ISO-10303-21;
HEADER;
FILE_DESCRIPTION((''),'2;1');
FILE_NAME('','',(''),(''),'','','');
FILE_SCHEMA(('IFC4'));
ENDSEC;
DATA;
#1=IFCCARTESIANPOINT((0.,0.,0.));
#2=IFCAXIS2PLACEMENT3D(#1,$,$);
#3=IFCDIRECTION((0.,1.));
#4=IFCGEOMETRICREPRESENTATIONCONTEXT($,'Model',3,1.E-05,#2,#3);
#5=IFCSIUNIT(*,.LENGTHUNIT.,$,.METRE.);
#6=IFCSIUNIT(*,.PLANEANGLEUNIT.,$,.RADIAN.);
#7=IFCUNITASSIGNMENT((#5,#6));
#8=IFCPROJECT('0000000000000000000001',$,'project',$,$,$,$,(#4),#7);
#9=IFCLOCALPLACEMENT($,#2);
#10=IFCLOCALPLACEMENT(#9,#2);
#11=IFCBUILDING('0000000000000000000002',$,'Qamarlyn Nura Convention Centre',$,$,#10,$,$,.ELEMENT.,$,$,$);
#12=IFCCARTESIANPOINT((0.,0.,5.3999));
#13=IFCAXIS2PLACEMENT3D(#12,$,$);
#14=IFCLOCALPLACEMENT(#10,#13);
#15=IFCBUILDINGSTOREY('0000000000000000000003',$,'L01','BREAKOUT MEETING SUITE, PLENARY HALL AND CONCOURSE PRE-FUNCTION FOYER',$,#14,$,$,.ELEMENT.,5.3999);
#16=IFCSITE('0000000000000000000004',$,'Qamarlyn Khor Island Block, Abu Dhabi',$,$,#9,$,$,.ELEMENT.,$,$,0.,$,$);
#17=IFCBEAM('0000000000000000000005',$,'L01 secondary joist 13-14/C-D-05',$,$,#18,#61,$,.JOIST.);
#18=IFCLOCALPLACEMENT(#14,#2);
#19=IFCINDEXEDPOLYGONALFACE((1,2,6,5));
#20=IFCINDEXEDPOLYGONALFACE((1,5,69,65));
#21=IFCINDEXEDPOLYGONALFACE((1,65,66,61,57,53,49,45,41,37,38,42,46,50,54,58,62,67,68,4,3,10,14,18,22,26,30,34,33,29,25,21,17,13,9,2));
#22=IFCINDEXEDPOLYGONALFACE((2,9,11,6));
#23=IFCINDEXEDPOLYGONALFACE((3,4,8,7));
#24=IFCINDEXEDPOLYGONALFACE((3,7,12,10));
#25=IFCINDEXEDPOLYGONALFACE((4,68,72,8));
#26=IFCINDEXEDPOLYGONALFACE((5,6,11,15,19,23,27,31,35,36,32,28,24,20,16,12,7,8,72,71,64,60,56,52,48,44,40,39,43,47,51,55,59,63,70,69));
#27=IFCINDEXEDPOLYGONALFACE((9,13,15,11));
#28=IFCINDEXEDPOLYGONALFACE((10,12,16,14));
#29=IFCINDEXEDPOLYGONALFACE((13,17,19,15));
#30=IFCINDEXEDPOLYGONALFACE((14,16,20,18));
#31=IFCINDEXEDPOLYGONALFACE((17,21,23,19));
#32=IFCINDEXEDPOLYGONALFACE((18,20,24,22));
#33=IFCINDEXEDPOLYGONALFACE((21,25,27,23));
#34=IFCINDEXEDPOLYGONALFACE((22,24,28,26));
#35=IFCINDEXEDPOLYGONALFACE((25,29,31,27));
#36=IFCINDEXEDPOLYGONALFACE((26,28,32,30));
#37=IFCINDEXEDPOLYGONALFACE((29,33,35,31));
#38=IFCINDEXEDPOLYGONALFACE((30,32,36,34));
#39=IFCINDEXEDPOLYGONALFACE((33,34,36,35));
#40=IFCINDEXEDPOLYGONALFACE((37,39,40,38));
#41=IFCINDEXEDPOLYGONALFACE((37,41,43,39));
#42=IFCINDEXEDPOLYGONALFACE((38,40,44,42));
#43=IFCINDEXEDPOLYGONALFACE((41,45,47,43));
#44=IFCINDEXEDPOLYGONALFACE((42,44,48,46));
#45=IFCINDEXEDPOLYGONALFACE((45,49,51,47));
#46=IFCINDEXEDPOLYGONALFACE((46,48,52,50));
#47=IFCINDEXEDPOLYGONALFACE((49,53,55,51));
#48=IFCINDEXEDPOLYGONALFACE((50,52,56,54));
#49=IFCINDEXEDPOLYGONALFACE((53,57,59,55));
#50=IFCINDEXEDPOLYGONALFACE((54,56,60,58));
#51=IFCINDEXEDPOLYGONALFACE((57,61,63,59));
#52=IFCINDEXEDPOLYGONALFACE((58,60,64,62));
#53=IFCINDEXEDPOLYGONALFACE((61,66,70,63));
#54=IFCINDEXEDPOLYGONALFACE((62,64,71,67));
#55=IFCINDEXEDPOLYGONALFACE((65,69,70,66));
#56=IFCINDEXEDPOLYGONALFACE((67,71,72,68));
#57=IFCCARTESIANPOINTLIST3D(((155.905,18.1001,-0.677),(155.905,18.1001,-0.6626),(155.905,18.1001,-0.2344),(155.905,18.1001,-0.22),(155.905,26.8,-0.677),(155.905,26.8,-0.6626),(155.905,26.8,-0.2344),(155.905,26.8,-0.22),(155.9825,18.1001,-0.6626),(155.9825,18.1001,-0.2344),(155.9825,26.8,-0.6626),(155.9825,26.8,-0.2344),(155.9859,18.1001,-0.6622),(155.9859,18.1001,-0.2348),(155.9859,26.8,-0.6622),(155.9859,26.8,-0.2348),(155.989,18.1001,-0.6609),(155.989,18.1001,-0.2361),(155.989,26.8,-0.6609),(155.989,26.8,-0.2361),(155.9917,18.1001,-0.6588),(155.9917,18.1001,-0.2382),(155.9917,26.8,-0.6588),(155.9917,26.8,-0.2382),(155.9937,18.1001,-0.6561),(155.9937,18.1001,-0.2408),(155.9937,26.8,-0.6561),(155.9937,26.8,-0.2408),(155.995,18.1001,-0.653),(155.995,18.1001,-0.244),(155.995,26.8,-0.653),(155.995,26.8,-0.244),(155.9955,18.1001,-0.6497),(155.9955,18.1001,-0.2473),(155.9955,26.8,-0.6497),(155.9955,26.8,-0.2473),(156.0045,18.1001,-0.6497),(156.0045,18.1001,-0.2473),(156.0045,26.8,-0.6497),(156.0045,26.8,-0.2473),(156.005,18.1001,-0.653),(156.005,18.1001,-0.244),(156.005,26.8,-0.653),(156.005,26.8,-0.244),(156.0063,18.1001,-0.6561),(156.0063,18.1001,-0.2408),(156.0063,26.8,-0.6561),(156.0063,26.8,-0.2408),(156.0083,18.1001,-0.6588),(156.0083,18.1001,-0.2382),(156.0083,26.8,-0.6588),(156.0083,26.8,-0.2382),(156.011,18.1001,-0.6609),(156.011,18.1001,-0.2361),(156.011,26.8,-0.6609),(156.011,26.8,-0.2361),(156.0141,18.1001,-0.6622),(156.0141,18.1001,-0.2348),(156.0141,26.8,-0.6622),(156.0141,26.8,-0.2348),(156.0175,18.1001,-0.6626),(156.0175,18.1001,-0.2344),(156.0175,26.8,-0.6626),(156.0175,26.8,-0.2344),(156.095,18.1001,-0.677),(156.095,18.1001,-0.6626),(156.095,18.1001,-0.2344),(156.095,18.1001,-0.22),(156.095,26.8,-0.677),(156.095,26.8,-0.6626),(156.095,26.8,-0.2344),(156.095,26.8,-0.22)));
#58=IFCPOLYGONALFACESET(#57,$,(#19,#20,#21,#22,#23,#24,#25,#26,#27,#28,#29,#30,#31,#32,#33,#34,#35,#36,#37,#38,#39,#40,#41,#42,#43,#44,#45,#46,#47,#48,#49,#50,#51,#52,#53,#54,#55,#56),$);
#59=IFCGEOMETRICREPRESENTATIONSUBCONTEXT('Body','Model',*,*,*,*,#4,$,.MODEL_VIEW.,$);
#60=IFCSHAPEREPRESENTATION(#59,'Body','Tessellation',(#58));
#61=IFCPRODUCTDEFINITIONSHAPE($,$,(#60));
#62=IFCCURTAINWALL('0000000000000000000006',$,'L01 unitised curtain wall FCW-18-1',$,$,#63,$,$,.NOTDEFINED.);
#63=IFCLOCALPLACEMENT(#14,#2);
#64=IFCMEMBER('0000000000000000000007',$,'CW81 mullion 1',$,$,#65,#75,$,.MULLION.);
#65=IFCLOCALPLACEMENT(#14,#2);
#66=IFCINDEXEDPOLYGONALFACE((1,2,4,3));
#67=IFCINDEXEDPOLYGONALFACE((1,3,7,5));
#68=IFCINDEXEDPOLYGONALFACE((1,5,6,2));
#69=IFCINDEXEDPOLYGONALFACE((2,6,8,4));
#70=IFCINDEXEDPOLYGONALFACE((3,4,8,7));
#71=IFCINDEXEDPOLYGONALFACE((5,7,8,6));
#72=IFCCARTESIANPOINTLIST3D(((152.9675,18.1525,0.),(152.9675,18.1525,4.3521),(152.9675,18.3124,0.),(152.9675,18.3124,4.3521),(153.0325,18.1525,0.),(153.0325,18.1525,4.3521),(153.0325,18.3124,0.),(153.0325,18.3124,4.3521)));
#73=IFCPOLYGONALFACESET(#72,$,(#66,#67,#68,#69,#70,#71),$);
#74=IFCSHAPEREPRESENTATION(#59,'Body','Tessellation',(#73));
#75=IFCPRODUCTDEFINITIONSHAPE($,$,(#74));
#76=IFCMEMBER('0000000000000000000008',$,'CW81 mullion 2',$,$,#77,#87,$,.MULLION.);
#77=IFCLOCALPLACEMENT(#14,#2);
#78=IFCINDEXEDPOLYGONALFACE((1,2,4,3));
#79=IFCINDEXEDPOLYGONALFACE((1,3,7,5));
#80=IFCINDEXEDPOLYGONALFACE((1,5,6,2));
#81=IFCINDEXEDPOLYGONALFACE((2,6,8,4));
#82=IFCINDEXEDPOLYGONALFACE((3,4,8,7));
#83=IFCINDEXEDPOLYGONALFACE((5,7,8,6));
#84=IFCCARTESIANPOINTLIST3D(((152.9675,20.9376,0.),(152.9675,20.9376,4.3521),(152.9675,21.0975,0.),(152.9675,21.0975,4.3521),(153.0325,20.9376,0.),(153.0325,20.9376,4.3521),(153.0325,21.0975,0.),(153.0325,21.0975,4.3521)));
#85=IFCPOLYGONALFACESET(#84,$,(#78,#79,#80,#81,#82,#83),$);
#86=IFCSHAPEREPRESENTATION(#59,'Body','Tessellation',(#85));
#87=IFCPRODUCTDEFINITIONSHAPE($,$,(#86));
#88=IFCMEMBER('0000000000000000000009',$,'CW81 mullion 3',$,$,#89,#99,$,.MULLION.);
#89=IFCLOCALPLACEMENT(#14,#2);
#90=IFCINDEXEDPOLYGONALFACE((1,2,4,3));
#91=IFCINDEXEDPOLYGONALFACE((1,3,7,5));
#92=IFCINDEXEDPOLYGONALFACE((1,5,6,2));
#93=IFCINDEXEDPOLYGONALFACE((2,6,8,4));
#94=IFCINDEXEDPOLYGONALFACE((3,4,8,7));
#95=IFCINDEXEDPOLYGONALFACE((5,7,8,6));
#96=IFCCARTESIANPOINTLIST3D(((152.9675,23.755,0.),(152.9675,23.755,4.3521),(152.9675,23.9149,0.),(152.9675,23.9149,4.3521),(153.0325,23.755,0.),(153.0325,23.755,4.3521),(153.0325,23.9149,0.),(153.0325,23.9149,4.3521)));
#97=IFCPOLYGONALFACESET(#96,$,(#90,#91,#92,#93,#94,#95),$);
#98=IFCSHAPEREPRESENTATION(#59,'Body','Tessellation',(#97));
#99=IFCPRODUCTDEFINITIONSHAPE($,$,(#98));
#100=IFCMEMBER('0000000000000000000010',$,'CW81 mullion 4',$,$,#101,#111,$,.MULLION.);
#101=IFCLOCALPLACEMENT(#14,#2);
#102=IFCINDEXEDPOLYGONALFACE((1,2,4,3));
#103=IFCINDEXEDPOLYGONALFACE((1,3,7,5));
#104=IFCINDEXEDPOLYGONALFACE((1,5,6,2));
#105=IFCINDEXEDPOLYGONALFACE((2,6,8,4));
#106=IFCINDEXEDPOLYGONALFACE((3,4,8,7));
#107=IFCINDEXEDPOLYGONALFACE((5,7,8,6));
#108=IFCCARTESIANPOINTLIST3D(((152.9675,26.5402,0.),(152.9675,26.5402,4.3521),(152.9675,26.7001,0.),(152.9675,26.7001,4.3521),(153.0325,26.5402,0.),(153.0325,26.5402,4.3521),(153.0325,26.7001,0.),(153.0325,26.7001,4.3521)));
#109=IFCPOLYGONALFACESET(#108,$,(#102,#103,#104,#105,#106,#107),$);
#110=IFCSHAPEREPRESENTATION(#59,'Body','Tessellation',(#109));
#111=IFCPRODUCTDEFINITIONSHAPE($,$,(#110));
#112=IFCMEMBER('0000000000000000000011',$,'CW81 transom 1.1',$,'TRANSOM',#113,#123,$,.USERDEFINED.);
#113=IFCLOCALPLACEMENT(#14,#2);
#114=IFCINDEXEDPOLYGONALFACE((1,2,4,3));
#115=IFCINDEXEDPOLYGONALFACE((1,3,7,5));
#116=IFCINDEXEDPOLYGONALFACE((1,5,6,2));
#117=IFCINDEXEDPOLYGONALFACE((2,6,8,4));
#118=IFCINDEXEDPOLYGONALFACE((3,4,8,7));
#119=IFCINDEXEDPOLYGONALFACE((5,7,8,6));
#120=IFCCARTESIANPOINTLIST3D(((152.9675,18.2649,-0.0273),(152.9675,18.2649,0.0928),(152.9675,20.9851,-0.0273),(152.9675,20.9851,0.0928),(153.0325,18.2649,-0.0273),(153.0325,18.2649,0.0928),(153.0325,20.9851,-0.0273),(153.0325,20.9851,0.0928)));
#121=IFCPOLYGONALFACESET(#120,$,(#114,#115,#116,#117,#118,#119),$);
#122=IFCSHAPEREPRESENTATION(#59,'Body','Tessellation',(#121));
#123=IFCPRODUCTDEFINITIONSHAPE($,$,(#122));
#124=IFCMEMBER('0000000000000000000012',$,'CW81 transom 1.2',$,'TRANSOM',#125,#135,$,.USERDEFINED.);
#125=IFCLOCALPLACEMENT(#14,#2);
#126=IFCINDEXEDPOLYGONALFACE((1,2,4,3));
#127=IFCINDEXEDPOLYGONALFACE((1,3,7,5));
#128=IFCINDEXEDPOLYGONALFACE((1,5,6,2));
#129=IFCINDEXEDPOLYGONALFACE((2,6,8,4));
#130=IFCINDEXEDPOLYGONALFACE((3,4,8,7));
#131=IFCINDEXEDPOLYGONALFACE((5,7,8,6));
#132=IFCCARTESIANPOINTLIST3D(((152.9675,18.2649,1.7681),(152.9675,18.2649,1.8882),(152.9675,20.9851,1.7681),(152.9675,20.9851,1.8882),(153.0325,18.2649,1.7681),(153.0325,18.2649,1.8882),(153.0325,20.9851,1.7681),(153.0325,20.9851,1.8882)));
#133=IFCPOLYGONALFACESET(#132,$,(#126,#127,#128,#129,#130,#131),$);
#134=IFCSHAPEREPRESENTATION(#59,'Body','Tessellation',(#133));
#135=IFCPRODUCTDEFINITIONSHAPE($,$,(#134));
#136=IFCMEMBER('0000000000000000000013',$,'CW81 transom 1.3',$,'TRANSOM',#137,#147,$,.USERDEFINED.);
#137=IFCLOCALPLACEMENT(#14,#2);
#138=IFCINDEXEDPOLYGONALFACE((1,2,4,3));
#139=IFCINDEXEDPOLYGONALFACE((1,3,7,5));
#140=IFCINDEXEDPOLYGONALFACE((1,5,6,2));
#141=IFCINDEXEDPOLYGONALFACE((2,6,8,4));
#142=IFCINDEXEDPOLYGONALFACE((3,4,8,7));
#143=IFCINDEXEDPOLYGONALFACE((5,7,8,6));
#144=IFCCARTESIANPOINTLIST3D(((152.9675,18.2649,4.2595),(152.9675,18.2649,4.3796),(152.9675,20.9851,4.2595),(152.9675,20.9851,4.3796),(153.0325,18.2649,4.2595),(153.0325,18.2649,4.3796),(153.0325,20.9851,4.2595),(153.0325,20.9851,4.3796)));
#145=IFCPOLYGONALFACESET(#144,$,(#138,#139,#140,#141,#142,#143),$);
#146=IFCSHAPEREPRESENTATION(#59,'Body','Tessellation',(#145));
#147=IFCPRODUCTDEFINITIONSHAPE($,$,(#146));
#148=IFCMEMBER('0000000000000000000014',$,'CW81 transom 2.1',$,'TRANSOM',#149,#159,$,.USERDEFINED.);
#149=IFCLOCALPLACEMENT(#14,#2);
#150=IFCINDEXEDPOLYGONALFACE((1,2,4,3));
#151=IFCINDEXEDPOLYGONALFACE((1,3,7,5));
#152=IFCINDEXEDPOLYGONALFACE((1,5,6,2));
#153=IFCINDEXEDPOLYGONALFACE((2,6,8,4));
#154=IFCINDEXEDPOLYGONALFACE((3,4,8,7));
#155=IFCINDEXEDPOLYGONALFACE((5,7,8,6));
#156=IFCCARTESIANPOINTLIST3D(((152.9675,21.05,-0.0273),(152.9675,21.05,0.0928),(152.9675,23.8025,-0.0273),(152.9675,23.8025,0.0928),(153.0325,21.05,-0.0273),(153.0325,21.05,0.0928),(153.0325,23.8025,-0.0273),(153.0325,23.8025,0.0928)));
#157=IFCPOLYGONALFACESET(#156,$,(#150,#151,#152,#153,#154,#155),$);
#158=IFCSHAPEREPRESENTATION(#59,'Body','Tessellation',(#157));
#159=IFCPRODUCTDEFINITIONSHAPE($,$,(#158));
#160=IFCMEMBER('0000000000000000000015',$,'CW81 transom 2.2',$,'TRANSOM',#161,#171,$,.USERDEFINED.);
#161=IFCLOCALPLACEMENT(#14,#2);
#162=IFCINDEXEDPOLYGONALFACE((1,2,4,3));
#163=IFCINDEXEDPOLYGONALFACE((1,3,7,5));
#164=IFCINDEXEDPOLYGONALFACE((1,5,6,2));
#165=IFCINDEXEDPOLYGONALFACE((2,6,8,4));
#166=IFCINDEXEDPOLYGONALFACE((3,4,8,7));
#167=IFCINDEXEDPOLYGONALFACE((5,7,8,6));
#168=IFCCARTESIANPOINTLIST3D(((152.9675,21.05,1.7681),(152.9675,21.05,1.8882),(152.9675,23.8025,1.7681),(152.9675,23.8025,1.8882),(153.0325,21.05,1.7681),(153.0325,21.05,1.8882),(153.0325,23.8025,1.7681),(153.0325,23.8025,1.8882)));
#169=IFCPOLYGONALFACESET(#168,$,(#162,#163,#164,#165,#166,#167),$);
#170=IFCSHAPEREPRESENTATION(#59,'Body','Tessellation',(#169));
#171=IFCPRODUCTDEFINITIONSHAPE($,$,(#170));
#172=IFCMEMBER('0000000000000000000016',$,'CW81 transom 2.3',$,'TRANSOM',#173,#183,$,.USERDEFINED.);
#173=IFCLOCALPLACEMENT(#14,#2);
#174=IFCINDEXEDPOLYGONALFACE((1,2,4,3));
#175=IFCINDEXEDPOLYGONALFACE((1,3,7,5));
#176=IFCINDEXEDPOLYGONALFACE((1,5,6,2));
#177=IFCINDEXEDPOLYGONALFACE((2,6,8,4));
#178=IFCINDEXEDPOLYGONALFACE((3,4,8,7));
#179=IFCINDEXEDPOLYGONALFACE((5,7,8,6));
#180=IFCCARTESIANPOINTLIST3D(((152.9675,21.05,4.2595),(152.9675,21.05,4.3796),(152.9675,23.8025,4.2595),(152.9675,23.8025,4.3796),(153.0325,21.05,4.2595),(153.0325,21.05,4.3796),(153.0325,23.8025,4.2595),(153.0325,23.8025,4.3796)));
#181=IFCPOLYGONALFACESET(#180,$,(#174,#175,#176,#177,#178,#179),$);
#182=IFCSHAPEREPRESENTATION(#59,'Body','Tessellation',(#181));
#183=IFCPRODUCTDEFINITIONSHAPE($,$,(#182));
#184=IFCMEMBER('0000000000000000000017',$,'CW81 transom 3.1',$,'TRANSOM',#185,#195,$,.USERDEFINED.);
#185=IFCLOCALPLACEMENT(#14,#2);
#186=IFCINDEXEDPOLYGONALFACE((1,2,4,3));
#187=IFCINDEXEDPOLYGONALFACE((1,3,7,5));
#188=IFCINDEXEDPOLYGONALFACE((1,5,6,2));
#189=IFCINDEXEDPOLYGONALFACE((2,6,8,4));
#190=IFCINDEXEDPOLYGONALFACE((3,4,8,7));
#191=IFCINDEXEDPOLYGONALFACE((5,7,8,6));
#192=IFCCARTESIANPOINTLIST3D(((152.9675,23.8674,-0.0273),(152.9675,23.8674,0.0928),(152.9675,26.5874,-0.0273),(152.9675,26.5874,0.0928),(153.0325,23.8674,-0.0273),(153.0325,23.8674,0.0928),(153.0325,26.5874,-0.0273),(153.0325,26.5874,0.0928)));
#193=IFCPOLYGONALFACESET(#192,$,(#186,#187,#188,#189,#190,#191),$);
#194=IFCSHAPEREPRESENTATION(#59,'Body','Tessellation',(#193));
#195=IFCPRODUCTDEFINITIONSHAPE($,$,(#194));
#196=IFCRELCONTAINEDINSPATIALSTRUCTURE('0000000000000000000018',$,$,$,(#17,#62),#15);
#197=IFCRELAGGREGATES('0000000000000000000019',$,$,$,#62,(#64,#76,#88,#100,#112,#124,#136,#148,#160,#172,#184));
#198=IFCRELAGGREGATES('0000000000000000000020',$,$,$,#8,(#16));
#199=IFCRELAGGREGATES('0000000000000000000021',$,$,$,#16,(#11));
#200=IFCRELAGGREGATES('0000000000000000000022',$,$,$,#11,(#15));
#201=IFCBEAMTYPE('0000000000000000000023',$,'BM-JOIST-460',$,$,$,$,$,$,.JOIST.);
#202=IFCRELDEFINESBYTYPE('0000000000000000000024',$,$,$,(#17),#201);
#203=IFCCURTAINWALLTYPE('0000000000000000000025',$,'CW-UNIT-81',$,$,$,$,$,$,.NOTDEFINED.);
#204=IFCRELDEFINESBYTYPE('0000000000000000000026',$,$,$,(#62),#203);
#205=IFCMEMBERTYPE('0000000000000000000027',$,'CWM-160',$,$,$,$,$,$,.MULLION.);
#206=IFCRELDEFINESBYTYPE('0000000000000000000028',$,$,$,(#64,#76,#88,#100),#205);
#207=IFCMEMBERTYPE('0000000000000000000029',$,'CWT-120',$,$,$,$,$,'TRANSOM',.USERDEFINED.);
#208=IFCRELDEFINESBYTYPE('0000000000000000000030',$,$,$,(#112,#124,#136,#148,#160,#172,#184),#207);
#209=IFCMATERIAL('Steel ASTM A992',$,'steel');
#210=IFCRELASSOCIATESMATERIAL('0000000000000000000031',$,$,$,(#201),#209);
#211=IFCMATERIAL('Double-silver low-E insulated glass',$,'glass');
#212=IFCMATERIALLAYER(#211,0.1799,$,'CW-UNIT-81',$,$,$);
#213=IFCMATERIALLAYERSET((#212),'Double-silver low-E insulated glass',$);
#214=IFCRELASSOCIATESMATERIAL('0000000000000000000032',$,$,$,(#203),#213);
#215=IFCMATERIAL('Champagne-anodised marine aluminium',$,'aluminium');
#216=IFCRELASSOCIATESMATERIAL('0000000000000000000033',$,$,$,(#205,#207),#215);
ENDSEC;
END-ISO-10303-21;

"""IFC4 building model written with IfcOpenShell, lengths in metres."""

from ifc_helpers import new_model, si_unit, direction, frame, origin, origin_2d, place, context, subcontext, project, spatial, rectangle, i_section, extrude, material, layer, layer_set, material_profile, profile_set, type_object, element, aggregate, save


model = new_model("IFC4")

# Units and contexts
model_context = context("Model", 3, precision=1e-05, world=origin(), true_north=direction((0.0, 1.0)))
body_context = subcontext(model_context, "Body", "Model", "MODEL_VIEW")
ifc_project = project(units=[si_unit("LENGTHUNIT", "METRE"), si_unit("PLANEANGLEUNIT", "RADIAN")], contexts=[model_context])

# Site, building, storey
site_placement = place(None, origin())
site = spatial("IfcSite", under=ifc_project, at=site_placement, Name="Qamarlyn Khor Island Block, Abu Dhabi", CompositionType="ELEMENT", RefElevation=0.0)
building_placement = place(site_placement, origin())
building = spatial("IfcBuilding", under=site, at=building_placement, Name="Qamarlyn Nura Convention Centre", CompositionType="ELEMENT")
storey_placement = place(building_placement, frame((0.0, 0.0, 5.3999)))
storey = spatial("IfcBuildingStorey", under=building, at=storey_placement, Name="L01", Description="BREAKOUT MEETING SUITE, PLENARY HALL AND CONCOURSE PRE-FUNCTION FOYER", CompositionType="ELEMENT", Elevation=5.3999)

# Beam
ifc_material_1 = material(Name="Steel ASTM A992", Category="steel")
ifc_material_profile_1 = material_profile(ifc_material_1, i_section(OverallWidth=0.1899, OverallDepth=0.457, WebThickness=0.009, FlangeThickness=0.0144, FilletRadius=0.0129, at=origin_2d()), Name="W460X74")
ifc_profile_set_1 = profile_set([ifc_material_profile_1], Name="Steel ASTM A992")
beam_type = type_object("IfcBeamType", Name="BM-JOIST-460", PredefinedType="JOIST", material=ifc_profile_set_1)
beam_placement = place(storey_placement, frame((156.0, 18.1001, -0.4485), z_axis=(0.0, 1.0, 0.0), x_axis=(-1.0, 0.0, 0.0)))
element("IfcBeam", 1, at=beam_placement, inside=storey, type_object=beam_type, Name="L01 secondary joist 13-14/C-D-05", PredefinedType="JOIST", context=body_context, shape_type="SweptSolid", body=[
    extrude(i_section(OverallWidth=0.1899, OverallDepth=0.457, WebThickness=0.009, FlangeThickness=0.0144, FilletRadius=0.0129, at=origin_2d()), origin(), (0.0, 0.0, 1.0), 8.7),
])

# Curtain wall, members
ifc_material_2 = material(Name="Double-silver low-E insulated glass", Category="glass")
ifc_layer_1 = layer(ifc_material_2, 0.1799, Name="CW-UNIT-81")
ifc_layer_set_1 = layer_set([ifc_layer_1], Name="Double-silver low-E insulated glass")
curtain_wall_type = type_object("IfcCurtainWallType", Name="CW-UNIT-81", PredefinedType="NOTDEFINED", material=ifc_layer_set_1)
curtain_wall_placement = place(storey_placement, origin())
curtain_wall = element("IfcCurtainWall", 2, at=curtain_wall_placement, inside=storey, type_object=curtain_wall_type, Name="L01 unitised curtain wall FCW-18-1", PredefinedType="NOTDEFINED")
ifc_material_3 = material(Name="Champagne-anodised marine aluminium", Category="aluminium")
ifc_material_profile_2 = material_profile(ifc_material_3, rectangle(XDim=0.0649, YDim=0.1599, at=origin_2d()), Name="ALU MULLION 65x160")
ifc_profile_set_2 = profile_set([ifc_material_profile_2], Name="Champagne-anodised marine aluminium")
member_type_1 = type_object("IfcMemberType", Name="CWM-160", PredefinedType="MULLION", material=ifc_profile_set_2)
member_1_placement = place(storey_placement, frame((153.0, 18.2324, 0.0), z_axis=(0.0, 0.0, 1.0), x_axis=(-1.0, 0.0, 0.0)))
member_1 = element("IfcMember", 3, at=member_1_placement, type_object=member_type_1, Name="CW81 mullion 1", PredefinedType="MULLION", context=body_context, shape_type="SweptSolid", body=[
    extrude(rectangle(XDim=0.0649, YDim=0.1599, at=origin_2d()), origin(), (0.0, 0.0, 1.0), 4.3521),
])
member_2_placement = place(storey_placement, frame((153.0, 21.0176, 0.0), z_axis=(0.0, 0.0, 1.0), x_axis=(-1.0, 0.0, 0.0)))
member_2 = element("IfcMember", 4, at=member_2_placement, type_object=member_type_1, Name="CW81 mullion 2", PredefinedType="MULLION", context=body_context, shape_type="SweptSolid", body=[
    extrude(rectangle(XDim=0.0649, YDim=0.1599, at=origin_2d()), origin(), (0.0, 0.0, 1.0), 4.3521),
])
member_3_placement = place(storey_placement, frame((153.0, 23.835, 0.0), z_axis=(0.0, 0.0, 1.0), x_axis=(-1.0, 0.0, 0.0)))
member_3 = element("IfcMember", 5, at=member_3_placement, type_object=member_type_1, Name="CW81 mullion 3", PredefinedType="MULLION", context=body_context, shape_type="SweptSolid", body=[
    extrude(rectangle(XDim=0.0649, YDim=0.1599, at=origin_2d()), origin(), (0.0, 0.0, 1.0), 4.3521),
])
member_4_placement = place(storey_placement, frame((153.0, 26.6201, 0.0), z_axis=(0.0, 0.0, 1.0), x_axis=(-1.0, 0.0, 0.0)))
member_4 = element("IfcMember", 6, at=member_4_placement, type_object=member_type_1, Name="CW81 mullion 4", PredefinedType="MULLION", context=body_context, shape_type="SweptSolid", body=[
    extrude(rectangle(XDim=0.0649, YDim=0.1599, at=origin_2d()), origin(), (0.0, 0.0, 1.0), 4.3521),
])
ifc_material_profile_3 = material_profile(ifc_material_3, rectangle(XDim=0.0649, YDim=0.1201, at=origin_2d()), Name="ALU TRANSOM 65x120")
ifc_profile_set_3 = profile_set([ifc_material_profile_3], Name="Champagne-anodised marine aluminium")
member_type_2 = type_object("IfcMemberType", Name="CWT-120", ElementType="TRANSOM", PredefinedType="USERDEFINED", material=ifc_profile_set_3)
member_5_placement = place(storey_placement, frame((153.0, 18.2649, 0.0327), z_axis=(0.0, 1.0, 0.0), x_axis=(-1.0, 0.0, 0.0)))
member_5 = element("IfcMember", 7, at=member_5_placement, type_object=member_type_2, Name="CW81 transom 1.1", ObjectType="TRANSOM", PredefinedType="USERDEFINED", context=body_context, shape_type="SweptSolid", body=[
    extrude(rectangle(XDim=0.0649, YDim=0.1201, at=origin_2d()), origin(), (0.0, 0.0, 1.0), 2.7202),
])
member_6_placement = place(storey_placement, frame((153.0, 18.2649, 1.8281), z_axis=(0.0, 1.0, 0.0), x_axis=(-1.0, 0.0, 0.0)))
member_6 = element("IfcMember", 8, at=member_6_placement, type_object=member_type_2, Name="CW81 transom 1.2", ObjectType="TRANSOM", PredefinedType="USERDEFINED", context=body_context, shape_type="SweptSolid", body=[
    extrude(rectangle(XDim=0.0649, YDim=0.1201, at=origin_2d()), origin(), (0.0, 0.0, 1.0), 2.7202),
])
member_7_placement = place(storey_placement, frame((153.0, 18.2649, 4.3196), z_axis=(0.0, 1.0, 0.0), x_axis=(-1.0, 0.0, 0.0)))
member_7 = element("IfcMember", 9, at=member_7_placement, type_object=member_type_2, Name="CW81 transom 1.3", ObjectType="TRANSOM", PredefinedType="USERDEFINED", context=body_context, shape_type="SweptSolid", body=[
    extrude(rectangle(XDim=0.0649, YDim=0.1201, at=origin_2d()), origin(), (0.0, 0.0, 1.0), 2.7202),
])
member_8_placement = place(storey_placement, frame((153.0, 21.05, 0.0327), z_axis=(0.0, 1.0, 0.0), x_axis=(-1.0, 0.0, 0.0)))
member_8 = element("IfcMember", 10, at=member_8_placement, type_object=member_type_2, Name="CW81 transom 2.1", ObjectType="TRANSOM", PredefinedType="USERDEFINED", context=body_context, shape_type="SweptSolid", body=[
    extrude(rectangle(XDim=0.0649, YDim=0.1201, at=origin_2d()), origin(), (0.0, 0.0, 1.0), 2.7524),
])
member_9_placement = place(storey_placement, frame((153.0, 21.05, 1.8281), z_axis=(0.0, 1.0, 0.0), x_axis=(-1.0, 0.0, 0.0)))
member_9 = element("IfcMember", 11, at=member_9_placement, type_object=member_type_2, Name="CW81 transom 2.2", ObjectType="TRANSOM", PredefinedType="USERDEFINED", context=body_context, shape_type="SweptSolid", body=[
    extrude(rectangle(XDim=0.0649, YDim=0.1201, at=origin_2d()), origin(), (0.0, 0.0, 1.0), 2.7524),
])
member_10_placement = place(storey_placement, frame((153.0, 21.05, 4.3196), z_axis=(0.0, 1.0, 0.0), x_axis=(-1.0, 0.0, 0.0)))
member_10 = element("IfcMember", 12, at=member_10_placement, type_object=member_type_2, Name="CW81 transom 2.3", ObjectType="TRANSOM", PredefinedType="USERDEFINED", context=body_context, shape_type="SweptSolid", body=[
    extrude(rectangle(XDim=0.0649, YDim=0.1201, at=origin_2d()), origin(), (0.0, 0.0, 1.0), 2.7524),
])
member_11_placement = place(storey_placement, frame((153.0, 23.8674, 0.0327), z_axis=(0.0, 1.0, 0.0), x_axis=(-1.0, 0.0, 0.0)))
member_11 = element("IfcMember", 13, at=member_11_placement, type_object=member_type_2, Name="CW81 transom 3.1", ObjectType="TRANSOM", PredefinedType="USERDEFINED", context=body_context, shape_type="SweptSolid", body=[
    extrude(rectangle(XDim=0.0649, YDim=0.1201, at=origin_2d()), origin(), (0.0, 0.0, 1.0), 2.72),
])
aggregate(curtain_wall, [member_1, member_2, member_3, member_4, member_5, member_6, member_7, member_8, member_9, member_10, member_11])

save(model, "model.ifc")
